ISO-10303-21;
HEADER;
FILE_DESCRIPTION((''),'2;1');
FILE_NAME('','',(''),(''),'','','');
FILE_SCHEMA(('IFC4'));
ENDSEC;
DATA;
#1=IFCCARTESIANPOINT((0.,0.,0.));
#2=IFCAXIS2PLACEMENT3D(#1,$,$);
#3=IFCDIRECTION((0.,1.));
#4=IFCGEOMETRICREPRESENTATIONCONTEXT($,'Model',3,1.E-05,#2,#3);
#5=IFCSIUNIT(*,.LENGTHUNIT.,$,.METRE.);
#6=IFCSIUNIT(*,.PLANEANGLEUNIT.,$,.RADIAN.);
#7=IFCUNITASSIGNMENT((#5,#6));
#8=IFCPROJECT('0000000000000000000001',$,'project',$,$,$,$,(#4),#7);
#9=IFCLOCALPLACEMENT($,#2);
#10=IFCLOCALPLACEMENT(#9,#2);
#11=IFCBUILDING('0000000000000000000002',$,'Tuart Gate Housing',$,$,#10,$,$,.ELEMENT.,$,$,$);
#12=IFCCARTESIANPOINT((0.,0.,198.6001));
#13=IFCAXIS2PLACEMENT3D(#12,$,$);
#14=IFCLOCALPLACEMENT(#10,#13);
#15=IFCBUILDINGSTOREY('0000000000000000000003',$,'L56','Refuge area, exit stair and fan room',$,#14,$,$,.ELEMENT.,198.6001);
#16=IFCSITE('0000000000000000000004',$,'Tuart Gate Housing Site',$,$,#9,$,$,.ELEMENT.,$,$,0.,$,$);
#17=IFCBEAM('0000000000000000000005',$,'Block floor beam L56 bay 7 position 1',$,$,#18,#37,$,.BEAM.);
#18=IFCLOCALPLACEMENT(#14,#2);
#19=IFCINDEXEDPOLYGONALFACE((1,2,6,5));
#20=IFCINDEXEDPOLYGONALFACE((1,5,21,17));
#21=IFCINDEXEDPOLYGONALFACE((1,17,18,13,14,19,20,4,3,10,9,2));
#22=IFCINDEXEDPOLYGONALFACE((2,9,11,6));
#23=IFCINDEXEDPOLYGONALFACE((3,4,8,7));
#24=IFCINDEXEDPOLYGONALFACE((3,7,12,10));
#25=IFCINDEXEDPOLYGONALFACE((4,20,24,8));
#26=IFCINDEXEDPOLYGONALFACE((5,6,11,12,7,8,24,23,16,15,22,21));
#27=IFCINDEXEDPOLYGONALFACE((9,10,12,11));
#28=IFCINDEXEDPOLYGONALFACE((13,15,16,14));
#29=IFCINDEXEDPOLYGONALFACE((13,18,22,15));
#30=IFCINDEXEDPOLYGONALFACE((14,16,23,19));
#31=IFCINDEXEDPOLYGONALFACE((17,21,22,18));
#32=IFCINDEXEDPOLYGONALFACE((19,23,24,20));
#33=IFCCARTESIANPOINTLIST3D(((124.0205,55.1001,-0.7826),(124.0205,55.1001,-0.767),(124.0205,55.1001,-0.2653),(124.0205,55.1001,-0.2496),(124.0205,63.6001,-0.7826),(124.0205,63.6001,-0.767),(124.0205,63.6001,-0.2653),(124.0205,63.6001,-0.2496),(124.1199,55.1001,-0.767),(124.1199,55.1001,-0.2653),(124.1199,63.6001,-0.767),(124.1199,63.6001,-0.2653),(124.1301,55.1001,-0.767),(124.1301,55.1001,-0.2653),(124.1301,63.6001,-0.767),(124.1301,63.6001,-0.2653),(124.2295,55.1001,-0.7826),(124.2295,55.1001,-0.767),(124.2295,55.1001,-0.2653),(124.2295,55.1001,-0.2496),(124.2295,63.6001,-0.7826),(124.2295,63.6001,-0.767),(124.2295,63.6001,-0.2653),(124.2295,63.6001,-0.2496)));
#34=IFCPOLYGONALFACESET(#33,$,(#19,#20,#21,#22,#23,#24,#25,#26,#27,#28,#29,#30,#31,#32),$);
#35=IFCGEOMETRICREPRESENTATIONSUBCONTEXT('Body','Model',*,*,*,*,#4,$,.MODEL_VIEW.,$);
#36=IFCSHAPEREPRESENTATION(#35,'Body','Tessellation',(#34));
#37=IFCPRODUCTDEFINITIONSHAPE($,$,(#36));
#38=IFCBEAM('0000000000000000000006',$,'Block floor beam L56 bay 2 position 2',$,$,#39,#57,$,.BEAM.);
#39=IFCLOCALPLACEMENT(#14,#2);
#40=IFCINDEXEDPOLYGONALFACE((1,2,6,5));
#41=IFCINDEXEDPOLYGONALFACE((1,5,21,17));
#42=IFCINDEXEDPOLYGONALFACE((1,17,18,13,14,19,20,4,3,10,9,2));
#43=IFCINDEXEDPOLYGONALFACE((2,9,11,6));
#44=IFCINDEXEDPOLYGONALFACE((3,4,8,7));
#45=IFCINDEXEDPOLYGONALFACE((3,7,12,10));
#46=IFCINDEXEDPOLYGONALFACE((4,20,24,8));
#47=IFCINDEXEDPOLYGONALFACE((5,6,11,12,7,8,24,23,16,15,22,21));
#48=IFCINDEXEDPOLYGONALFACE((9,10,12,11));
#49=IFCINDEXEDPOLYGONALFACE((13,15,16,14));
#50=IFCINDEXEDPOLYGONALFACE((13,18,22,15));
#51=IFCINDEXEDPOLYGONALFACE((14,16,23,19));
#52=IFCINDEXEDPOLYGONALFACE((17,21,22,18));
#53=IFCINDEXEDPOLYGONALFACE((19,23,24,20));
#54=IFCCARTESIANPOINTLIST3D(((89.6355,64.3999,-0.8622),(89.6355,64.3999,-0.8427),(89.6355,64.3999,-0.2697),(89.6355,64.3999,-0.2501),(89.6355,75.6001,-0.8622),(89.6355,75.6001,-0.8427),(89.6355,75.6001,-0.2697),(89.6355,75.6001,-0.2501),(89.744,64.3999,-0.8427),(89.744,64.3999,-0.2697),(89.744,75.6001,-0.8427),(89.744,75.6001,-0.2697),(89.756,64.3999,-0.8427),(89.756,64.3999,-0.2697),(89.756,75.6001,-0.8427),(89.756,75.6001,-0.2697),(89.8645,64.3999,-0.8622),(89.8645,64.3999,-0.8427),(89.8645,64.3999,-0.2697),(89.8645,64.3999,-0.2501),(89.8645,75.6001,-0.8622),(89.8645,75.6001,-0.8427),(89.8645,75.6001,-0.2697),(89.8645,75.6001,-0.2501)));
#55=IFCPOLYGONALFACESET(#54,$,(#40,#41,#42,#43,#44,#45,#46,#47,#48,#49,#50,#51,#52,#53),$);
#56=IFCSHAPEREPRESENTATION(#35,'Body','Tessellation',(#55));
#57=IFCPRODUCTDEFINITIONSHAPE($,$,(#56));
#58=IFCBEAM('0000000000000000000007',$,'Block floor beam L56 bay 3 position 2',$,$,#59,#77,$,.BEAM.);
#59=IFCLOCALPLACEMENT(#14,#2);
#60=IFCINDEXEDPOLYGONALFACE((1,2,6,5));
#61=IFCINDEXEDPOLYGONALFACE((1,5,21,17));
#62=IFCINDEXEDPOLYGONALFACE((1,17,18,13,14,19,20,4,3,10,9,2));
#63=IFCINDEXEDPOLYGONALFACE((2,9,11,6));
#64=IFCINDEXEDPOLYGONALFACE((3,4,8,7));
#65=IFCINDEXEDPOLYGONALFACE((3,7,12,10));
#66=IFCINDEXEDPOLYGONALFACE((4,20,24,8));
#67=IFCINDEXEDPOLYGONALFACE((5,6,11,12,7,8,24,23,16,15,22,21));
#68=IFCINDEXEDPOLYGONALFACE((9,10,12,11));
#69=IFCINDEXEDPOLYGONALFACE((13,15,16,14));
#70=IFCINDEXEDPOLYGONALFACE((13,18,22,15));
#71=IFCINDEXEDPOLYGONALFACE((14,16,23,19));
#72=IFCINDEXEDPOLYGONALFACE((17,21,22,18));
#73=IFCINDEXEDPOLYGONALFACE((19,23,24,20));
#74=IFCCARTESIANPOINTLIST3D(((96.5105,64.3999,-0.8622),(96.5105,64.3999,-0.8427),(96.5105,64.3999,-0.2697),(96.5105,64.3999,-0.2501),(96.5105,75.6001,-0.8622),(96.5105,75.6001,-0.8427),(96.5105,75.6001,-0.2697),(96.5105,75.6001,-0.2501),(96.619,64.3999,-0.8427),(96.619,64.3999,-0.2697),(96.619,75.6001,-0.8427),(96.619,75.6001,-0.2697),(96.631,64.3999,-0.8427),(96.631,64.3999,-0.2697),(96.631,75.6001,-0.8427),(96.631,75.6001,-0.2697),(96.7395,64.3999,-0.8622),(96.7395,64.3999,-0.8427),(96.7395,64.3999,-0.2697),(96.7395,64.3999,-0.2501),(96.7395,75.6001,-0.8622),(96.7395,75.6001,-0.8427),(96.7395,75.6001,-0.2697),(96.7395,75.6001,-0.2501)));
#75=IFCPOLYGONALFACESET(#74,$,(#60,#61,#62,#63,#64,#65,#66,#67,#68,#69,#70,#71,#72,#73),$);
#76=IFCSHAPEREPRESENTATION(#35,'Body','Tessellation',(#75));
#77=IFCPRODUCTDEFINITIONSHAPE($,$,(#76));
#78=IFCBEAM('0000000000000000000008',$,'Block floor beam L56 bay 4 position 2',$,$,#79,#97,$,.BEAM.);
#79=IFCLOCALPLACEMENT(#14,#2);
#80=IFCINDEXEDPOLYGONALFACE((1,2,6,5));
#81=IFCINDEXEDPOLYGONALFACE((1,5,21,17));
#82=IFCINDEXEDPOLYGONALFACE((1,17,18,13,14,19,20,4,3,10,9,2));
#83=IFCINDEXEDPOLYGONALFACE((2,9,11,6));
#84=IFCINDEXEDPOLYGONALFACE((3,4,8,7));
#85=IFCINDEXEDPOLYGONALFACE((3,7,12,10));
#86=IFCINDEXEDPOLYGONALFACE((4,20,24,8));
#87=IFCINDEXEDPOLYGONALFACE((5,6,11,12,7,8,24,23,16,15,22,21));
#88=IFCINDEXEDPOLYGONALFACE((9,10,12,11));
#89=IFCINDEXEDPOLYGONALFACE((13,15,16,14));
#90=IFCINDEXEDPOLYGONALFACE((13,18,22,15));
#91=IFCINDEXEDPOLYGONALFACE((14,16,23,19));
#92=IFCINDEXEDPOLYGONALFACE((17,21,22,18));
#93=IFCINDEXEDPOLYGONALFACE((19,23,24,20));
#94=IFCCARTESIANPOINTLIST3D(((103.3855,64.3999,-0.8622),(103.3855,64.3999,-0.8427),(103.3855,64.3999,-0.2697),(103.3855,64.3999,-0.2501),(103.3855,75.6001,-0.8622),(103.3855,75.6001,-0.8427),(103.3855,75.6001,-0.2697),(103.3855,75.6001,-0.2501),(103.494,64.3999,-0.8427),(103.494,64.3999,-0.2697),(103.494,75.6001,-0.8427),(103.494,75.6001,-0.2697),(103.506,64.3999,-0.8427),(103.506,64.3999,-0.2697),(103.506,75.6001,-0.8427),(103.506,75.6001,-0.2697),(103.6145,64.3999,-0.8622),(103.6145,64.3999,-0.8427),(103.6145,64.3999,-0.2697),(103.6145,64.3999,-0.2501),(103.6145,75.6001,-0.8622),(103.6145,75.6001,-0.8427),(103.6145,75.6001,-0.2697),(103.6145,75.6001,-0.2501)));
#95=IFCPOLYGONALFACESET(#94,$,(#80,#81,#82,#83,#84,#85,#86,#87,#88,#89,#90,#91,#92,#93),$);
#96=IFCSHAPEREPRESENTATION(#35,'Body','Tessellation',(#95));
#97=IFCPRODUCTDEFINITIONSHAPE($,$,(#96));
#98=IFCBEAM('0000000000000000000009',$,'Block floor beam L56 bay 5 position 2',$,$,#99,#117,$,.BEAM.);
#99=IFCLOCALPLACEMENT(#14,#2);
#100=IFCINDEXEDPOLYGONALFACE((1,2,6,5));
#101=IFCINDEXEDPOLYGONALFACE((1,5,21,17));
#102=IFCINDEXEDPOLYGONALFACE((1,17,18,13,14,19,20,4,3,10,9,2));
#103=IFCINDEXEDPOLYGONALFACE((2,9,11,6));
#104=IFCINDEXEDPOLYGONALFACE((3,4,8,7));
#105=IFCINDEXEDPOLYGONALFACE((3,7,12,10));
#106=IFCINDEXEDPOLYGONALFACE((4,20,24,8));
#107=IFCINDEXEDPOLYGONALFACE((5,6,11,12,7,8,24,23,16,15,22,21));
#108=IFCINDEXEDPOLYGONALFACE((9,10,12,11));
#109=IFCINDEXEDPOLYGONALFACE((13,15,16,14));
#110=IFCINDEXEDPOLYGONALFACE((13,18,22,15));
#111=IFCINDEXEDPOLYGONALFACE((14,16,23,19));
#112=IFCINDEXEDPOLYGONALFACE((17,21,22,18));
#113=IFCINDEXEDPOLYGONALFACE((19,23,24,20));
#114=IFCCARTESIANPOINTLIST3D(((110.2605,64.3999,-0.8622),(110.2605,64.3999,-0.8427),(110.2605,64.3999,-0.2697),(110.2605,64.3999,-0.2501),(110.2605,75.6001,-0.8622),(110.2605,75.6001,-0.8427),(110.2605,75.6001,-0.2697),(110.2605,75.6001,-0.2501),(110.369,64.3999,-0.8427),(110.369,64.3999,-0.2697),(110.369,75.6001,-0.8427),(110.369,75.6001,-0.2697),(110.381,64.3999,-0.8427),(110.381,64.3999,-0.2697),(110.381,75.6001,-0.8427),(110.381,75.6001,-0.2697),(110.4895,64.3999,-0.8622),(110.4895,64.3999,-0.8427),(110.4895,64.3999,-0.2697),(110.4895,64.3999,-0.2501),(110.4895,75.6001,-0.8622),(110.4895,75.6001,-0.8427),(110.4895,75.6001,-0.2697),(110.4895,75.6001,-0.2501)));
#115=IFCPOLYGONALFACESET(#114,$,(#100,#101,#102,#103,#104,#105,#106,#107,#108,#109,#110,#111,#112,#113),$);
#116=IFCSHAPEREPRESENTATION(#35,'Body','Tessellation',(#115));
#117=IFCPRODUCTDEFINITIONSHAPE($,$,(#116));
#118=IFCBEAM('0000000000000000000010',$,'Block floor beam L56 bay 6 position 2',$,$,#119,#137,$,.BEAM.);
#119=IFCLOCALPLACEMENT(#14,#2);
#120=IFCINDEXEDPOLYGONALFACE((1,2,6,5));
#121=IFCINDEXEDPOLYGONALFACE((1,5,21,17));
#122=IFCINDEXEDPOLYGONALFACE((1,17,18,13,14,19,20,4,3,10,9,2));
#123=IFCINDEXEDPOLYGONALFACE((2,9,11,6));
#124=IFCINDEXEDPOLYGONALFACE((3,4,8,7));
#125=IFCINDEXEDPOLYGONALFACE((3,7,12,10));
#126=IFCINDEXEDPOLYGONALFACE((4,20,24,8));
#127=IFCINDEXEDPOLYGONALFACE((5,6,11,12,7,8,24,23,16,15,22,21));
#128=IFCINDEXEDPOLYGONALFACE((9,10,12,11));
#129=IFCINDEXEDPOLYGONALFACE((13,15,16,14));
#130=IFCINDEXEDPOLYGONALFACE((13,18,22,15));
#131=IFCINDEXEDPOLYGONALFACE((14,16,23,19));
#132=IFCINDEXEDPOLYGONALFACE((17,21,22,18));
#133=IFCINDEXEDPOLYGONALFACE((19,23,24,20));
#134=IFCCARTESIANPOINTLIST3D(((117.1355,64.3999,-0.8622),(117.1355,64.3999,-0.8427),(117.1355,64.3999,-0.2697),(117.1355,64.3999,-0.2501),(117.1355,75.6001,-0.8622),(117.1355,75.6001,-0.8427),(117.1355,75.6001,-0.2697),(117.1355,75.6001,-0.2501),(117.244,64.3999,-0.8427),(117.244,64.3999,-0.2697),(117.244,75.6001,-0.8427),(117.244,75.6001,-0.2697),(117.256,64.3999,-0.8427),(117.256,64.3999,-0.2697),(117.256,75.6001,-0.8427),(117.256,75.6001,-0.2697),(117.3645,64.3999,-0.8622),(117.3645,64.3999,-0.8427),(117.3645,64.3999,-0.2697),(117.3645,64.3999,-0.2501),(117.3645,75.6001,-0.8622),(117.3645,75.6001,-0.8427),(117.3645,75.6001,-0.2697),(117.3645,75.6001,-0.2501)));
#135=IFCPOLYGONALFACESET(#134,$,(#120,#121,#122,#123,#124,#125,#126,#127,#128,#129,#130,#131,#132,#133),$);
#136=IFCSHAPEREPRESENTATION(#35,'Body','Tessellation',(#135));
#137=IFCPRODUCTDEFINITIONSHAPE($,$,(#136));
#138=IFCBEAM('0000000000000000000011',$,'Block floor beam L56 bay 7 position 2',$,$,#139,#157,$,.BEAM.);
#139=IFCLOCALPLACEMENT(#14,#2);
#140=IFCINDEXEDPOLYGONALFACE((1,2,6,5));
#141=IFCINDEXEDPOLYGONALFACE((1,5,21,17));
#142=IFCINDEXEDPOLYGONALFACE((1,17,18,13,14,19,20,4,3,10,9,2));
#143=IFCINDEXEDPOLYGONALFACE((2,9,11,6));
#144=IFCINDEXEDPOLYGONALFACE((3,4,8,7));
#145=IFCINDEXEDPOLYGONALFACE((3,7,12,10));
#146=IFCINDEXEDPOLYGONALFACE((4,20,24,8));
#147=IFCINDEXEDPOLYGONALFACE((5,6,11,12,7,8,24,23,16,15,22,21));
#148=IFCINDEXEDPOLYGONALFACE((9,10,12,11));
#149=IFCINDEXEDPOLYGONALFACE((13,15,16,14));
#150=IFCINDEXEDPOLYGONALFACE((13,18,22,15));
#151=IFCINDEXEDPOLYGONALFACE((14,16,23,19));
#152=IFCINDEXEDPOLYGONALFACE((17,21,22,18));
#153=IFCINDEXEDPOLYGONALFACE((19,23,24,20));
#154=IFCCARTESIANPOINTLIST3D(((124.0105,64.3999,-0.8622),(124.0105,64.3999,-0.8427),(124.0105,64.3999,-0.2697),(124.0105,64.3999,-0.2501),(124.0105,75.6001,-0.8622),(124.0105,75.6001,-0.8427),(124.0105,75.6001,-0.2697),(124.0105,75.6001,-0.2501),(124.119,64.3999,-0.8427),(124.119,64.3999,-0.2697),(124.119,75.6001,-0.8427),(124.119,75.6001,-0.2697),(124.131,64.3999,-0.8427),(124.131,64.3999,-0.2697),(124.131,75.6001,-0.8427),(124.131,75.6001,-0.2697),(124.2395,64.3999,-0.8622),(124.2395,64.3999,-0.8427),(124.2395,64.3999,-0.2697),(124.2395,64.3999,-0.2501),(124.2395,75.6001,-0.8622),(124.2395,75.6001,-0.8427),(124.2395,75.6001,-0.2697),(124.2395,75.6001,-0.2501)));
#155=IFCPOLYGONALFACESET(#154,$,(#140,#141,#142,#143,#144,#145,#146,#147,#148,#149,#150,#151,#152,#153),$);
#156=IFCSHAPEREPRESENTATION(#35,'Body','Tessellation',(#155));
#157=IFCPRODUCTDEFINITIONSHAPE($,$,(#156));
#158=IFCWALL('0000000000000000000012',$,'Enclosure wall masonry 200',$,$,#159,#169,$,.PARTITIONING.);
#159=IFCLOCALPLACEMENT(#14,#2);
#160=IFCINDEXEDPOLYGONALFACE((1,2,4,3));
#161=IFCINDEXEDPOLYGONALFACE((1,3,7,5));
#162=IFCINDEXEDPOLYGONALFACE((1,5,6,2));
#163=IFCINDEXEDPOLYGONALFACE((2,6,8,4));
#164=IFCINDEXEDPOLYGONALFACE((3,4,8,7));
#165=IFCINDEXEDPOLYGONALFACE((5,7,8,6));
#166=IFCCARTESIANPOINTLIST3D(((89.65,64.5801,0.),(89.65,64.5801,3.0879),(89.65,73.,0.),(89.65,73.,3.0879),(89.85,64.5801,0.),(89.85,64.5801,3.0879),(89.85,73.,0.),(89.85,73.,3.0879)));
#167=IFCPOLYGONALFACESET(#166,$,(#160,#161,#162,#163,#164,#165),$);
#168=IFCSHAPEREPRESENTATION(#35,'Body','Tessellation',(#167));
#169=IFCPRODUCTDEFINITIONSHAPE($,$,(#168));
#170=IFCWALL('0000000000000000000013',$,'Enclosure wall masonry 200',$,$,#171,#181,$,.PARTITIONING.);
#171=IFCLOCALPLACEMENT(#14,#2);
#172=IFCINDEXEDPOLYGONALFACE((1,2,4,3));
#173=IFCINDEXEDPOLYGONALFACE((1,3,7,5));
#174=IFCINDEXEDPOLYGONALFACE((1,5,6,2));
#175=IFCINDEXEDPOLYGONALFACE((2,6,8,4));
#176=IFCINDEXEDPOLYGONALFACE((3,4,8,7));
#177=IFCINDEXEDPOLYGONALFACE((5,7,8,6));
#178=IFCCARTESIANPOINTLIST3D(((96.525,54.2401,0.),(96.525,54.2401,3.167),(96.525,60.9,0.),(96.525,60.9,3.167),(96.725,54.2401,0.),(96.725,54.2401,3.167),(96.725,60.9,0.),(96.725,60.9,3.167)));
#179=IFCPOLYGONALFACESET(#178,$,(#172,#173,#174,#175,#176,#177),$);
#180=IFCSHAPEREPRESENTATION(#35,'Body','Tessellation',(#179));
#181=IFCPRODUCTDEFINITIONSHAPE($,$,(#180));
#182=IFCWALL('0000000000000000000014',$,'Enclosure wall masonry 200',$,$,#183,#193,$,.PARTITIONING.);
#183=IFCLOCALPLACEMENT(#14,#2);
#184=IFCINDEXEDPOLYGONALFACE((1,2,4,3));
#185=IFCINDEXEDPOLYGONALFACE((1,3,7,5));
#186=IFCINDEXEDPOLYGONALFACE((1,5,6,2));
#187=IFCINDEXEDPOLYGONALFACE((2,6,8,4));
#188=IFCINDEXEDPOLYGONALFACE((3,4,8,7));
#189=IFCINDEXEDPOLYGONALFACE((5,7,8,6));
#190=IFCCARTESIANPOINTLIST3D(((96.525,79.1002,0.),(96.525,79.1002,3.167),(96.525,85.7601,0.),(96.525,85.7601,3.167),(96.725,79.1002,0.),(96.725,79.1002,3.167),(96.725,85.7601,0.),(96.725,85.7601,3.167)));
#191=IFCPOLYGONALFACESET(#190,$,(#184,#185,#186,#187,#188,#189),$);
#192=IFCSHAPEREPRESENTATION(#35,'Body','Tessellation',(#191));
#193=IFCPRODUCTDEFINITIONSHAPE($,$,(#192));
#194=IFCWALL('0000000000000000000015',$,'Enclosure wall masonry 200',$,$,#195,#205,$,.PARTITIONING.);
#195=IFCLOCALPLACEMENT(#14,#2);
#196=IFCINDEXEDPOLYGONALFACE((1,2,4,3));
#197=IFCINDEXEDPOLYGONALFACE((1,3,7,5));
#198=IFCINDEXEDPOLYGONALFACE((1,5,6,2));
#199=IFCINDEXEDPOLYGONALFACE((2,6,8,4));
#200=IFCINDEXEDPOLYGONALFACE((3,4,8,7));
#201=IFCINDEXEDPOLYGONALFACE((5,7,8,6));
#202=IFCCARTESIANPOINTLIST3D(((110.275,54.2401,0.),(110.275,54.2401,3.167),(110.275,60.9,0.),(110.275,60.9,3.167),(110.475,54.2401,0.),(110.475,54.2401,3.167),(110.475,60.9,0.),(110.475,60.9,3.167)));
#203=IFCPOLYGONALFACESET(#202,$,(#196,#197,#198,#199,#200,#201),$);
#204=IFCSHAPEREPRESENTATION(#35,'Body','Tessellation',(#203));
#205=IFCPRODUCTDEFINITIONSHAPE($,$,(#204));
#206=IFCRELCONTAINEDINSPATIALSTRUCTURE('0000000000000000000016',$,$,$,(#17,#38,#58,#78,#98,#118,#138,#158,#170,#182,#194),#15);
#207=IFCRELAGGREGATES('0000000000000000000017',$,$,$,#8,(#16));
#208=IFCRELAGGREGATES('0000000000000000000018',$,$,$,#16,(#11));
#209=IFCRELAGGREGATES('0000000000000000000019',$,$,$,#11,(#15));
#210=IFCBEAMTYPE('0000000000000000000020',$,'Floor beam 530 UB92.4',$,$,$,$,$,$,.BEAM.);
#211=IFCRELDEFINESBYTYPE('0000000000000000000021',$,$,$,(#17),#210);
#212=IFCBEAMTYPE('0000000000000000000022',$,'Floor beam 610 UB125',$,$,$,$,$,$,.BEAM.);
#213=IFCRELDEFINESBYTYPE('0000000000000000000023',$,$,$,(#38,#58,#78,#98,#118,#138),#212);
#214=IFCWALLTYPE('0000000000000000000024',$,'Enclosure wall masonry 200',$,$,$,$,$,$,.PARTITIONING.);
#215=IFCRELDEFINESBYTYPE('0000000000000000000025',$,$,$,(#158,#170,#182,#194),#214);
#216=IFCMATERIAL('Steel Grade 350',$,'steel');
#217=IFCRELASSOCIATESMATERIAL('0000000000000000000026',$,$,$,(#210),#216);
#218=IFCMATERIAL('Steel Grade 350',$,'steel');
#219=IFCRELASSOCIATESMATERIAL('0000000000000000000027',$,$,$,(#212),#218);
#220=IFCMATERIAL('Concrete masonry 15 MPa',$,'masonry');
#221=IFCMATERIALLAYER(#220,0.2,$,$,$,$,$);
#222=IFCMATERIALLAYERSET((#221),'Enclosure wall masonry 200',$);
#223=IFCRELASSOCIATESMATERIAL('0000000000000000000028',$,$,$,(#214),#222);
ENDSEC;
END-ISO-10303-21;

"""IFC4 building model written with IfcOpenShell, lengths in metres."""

from ifc_helpers import new_model, si_unit, direction, frame, frame_2d, origin, origin_2d, place, context, subcontext, project, spatial, rectangle, i_section, extrude, material, layer, layer_set, material_profile, profile_set, type_object, element, save


model = new_model("IFC4")

# Units and contexts
model_context = context("Model", 3, precision=1e-05, world=origin(), true_north=direction((0.0, 1.0)))
body_context = subcontext(model_context, "Body", "Model", "MODEL_VIEW")
ifc_project = project(units=[si_unit("LENGTHUNIT", "METRE"), si_unit("PLANEANGLEUNIT", "RADIAN")], contexts=[model_context])

# Site, building, storey
site_placement = place(None, origin())
site = spatial("IfcSite", under=ifc_project, at=site_placement, Name="Tuart Gate Housing Site", CompositionType="ELEMENT", RefElevation=0.0)
building_placement = place(site_placement, origin())
building = spatial("IfcBuilding", under=site, at=building_placement, Name="Tuart Gate Housing", CompositionType="ELEMENT")
storey_placement = place(building_placement, frame((0.0, 0.0, 198.6001)))
storey = spatial("IfcBuildingStorey", under=building, at=storey_placement, Name="L56", Description="Refuge area, exit stair and fan room", CompositionType="ELEMENT", Elevation=198.6001)

# Beams
ifc_material_1 = material(Name="Steel Grade 350", Category="steel")
ifc_material_profile_1 = material_profile(ifc_material_1, i_section(OverallWidth=0.209, OverallDepth=0.533, WebThickness=0.0103, FlangeThickness=0.0156, at=origin_2d()), Name="530UB92.4")
ifc_profile_set_1 = profile_set([ifc_material_profile_1], Name="Steel Grade 350")
beam_type_1 = type_object("IfcBeamType", Name="Floor beam 530 UB92.4", PredefinedType="BEAM", material=ifc_profile_set_1)
for number, where, z_axis, x_axis, name in (
    (1, (124.125, 55.1001, -0.5161), (0.0, 1.0, 0.0), (-1.0, 0.0, 0.0), "Block floor beam L56 bay 7 position 1"),
):
    element("IfcBeam", number, at=place(storey_placement, frame(where, z_axis=z_axis, x_axis=x_axis)), inside=storey, type_object=beam_type_1, Name=name, PredefinedType="BEAM", context=body_context, shape_type="SweptSolid", body=[
        extrude(i_section(OverallWidth=0.209, OverallDepth=0.533, WebThickness=0.0103, FlangeThickness=0.0156, at=origin_2d()), origin(), (0.0, 0.0, 1.0), 8.5),
    ])
ifc_material_2 = material(Name="Steel Grade 350", Category="steel")
ifc_material_profile_2 = material_profile(ifc_material_2, i_section(OverallWidth=0.229, OverallDepth=0.6121, WebThickness=0.012, FlangeThickness=0.0195, at=origin_2d()), Name="610UB125")
ifc_profile_set_2 = profile_set([ifc_material_profile_2], Name="Steel Grade 350")
beam_type_2 = type_object("IfcBeamType", Name="Floor beam 610 UB125", PredefinedType="BEAM", material=ifc_profile_set_2)
for number, where, z_axis, x_axis, name in (
    (2, (89.75, 64.3999, -0.5562), (0.0, 1.0, 0.0), (-1.0, 0.0, 0.0), "Block floor beam L56 bay 2 position 2"),
    (3, (96.625, 64.3999, -0.5562), (0.0, 1.0, 0.0), (-1.0, 0.0, 0.0), "Block floor beam L56 bay 3 position 2"),
    (4, (103.5, 64.3999, -0.5562), (0.0, 1.0, 0.0), (-1.0, 0.0, 0.0), "Block floor beam L56 bay 4 position 2"),
    (5, (110.375, 64.3999, -0.5562), (0.0, 1.0, 0.0), (-1.0, 0.0, 0.0), "Block floor beam L56 bay 5 position 2"),
    (6, (117.25, 64.3999, -0.5562), (0.0, 1.0, 0.0), (-1.0, 0.0, 0.0), "Block floor beam L56 bay 6 position 2"),
    (7, (124.125, 64.3999, -0.5562), (0.0, 1.0, 0.0), (-1.0, 0.0, 0.0), "Block floor beam L56 bay 7 position 2"),
):
    element("IfcBeam", number, at=place(storey_placement, frame(where, z_axis=z_axis, x_axis=x_axis)), inside=storey, type_object=beam_type_2, Name=name, PredefinedType="BEAM", context=body_context, shape_type="SweptSolid", body=[
        extrude(i_section(OverallWidth=0.229, OverallDepth=0.6121, WebThickness=0.012, FlangeThickness=0.0195, at=origin_2d()), origin(), (0.0, 0.0, 1.0), 11.2002),
    ])

# Walls
ifc_material_3 = material(Name="Concrete masonry 15 MPa", Category="masonry")
ifc_layer = layer(ifc_material_3, 0.2)
ifc_layer_set = layer_set([ifc_layer], Name="Enclosure wall masonry 200")
wall_type = type_object("IfcWallType", Name="Enclosure wall masonry 200", PredefinedType="PARTITIONING", material=ifc_layer_set)
wall_1_placement = place(storey_placement, frame((89.75, 64.5801, 0.0), z_axis=(0.0, 0.0, 1.0), x_axis=(0.0, 1.0, 0.0)))
element("IfcWall", 8, at=wall_1_placement, inside=storey, type_object=wall_type, Name="Enclosure wall masonry 200", PredefinedType="PARTITIONING", context=body_context, shape_type="SweptSolid", body=[
    extrude(rectangle(XDim=8.4199, YDim=0.2, at=frame_2d((4.21, 0.0))), origin(), (0.0, 0.0, 1.0), 3.0879),
])
for number, where, z_axis, x_axis, name in (
    (9, (96.625, 54.24, 0.0), (0.0, 0.0, 1.0), (0.0, 1.0, 0.0), "Enclosure wall masonry 200"),
    (10, (96.625, 79.1001, 0.0), (0.0, 0.0, 1.0), (0.0, 1.0, 0.0), "Enclosure wall masonry 200"),
    (11, (110.375, 54.24, 0.0), (0.0, 0.0, 1.0), (0.0, 1.0, 0.0), "Enclosure wall masonry 200"),
):
    element("IfcWall", number, at=place(storey_placement, frame(where, z_axis=z_axis, x_axis=x_axis)), inside=storey, type_object=wall_type, Name=name, PredefinedType="PARTITIONING", context=body_context, shape_type="SweptSolid", body=[
        extrude(rectangle(XDim=6.6599, YDim=0.2, at=frame_2d((3.3301, 0.0))), origin(), (0.0, 0.0, 1.0), 3.167),
    ])

save(model, "model.ifc")
